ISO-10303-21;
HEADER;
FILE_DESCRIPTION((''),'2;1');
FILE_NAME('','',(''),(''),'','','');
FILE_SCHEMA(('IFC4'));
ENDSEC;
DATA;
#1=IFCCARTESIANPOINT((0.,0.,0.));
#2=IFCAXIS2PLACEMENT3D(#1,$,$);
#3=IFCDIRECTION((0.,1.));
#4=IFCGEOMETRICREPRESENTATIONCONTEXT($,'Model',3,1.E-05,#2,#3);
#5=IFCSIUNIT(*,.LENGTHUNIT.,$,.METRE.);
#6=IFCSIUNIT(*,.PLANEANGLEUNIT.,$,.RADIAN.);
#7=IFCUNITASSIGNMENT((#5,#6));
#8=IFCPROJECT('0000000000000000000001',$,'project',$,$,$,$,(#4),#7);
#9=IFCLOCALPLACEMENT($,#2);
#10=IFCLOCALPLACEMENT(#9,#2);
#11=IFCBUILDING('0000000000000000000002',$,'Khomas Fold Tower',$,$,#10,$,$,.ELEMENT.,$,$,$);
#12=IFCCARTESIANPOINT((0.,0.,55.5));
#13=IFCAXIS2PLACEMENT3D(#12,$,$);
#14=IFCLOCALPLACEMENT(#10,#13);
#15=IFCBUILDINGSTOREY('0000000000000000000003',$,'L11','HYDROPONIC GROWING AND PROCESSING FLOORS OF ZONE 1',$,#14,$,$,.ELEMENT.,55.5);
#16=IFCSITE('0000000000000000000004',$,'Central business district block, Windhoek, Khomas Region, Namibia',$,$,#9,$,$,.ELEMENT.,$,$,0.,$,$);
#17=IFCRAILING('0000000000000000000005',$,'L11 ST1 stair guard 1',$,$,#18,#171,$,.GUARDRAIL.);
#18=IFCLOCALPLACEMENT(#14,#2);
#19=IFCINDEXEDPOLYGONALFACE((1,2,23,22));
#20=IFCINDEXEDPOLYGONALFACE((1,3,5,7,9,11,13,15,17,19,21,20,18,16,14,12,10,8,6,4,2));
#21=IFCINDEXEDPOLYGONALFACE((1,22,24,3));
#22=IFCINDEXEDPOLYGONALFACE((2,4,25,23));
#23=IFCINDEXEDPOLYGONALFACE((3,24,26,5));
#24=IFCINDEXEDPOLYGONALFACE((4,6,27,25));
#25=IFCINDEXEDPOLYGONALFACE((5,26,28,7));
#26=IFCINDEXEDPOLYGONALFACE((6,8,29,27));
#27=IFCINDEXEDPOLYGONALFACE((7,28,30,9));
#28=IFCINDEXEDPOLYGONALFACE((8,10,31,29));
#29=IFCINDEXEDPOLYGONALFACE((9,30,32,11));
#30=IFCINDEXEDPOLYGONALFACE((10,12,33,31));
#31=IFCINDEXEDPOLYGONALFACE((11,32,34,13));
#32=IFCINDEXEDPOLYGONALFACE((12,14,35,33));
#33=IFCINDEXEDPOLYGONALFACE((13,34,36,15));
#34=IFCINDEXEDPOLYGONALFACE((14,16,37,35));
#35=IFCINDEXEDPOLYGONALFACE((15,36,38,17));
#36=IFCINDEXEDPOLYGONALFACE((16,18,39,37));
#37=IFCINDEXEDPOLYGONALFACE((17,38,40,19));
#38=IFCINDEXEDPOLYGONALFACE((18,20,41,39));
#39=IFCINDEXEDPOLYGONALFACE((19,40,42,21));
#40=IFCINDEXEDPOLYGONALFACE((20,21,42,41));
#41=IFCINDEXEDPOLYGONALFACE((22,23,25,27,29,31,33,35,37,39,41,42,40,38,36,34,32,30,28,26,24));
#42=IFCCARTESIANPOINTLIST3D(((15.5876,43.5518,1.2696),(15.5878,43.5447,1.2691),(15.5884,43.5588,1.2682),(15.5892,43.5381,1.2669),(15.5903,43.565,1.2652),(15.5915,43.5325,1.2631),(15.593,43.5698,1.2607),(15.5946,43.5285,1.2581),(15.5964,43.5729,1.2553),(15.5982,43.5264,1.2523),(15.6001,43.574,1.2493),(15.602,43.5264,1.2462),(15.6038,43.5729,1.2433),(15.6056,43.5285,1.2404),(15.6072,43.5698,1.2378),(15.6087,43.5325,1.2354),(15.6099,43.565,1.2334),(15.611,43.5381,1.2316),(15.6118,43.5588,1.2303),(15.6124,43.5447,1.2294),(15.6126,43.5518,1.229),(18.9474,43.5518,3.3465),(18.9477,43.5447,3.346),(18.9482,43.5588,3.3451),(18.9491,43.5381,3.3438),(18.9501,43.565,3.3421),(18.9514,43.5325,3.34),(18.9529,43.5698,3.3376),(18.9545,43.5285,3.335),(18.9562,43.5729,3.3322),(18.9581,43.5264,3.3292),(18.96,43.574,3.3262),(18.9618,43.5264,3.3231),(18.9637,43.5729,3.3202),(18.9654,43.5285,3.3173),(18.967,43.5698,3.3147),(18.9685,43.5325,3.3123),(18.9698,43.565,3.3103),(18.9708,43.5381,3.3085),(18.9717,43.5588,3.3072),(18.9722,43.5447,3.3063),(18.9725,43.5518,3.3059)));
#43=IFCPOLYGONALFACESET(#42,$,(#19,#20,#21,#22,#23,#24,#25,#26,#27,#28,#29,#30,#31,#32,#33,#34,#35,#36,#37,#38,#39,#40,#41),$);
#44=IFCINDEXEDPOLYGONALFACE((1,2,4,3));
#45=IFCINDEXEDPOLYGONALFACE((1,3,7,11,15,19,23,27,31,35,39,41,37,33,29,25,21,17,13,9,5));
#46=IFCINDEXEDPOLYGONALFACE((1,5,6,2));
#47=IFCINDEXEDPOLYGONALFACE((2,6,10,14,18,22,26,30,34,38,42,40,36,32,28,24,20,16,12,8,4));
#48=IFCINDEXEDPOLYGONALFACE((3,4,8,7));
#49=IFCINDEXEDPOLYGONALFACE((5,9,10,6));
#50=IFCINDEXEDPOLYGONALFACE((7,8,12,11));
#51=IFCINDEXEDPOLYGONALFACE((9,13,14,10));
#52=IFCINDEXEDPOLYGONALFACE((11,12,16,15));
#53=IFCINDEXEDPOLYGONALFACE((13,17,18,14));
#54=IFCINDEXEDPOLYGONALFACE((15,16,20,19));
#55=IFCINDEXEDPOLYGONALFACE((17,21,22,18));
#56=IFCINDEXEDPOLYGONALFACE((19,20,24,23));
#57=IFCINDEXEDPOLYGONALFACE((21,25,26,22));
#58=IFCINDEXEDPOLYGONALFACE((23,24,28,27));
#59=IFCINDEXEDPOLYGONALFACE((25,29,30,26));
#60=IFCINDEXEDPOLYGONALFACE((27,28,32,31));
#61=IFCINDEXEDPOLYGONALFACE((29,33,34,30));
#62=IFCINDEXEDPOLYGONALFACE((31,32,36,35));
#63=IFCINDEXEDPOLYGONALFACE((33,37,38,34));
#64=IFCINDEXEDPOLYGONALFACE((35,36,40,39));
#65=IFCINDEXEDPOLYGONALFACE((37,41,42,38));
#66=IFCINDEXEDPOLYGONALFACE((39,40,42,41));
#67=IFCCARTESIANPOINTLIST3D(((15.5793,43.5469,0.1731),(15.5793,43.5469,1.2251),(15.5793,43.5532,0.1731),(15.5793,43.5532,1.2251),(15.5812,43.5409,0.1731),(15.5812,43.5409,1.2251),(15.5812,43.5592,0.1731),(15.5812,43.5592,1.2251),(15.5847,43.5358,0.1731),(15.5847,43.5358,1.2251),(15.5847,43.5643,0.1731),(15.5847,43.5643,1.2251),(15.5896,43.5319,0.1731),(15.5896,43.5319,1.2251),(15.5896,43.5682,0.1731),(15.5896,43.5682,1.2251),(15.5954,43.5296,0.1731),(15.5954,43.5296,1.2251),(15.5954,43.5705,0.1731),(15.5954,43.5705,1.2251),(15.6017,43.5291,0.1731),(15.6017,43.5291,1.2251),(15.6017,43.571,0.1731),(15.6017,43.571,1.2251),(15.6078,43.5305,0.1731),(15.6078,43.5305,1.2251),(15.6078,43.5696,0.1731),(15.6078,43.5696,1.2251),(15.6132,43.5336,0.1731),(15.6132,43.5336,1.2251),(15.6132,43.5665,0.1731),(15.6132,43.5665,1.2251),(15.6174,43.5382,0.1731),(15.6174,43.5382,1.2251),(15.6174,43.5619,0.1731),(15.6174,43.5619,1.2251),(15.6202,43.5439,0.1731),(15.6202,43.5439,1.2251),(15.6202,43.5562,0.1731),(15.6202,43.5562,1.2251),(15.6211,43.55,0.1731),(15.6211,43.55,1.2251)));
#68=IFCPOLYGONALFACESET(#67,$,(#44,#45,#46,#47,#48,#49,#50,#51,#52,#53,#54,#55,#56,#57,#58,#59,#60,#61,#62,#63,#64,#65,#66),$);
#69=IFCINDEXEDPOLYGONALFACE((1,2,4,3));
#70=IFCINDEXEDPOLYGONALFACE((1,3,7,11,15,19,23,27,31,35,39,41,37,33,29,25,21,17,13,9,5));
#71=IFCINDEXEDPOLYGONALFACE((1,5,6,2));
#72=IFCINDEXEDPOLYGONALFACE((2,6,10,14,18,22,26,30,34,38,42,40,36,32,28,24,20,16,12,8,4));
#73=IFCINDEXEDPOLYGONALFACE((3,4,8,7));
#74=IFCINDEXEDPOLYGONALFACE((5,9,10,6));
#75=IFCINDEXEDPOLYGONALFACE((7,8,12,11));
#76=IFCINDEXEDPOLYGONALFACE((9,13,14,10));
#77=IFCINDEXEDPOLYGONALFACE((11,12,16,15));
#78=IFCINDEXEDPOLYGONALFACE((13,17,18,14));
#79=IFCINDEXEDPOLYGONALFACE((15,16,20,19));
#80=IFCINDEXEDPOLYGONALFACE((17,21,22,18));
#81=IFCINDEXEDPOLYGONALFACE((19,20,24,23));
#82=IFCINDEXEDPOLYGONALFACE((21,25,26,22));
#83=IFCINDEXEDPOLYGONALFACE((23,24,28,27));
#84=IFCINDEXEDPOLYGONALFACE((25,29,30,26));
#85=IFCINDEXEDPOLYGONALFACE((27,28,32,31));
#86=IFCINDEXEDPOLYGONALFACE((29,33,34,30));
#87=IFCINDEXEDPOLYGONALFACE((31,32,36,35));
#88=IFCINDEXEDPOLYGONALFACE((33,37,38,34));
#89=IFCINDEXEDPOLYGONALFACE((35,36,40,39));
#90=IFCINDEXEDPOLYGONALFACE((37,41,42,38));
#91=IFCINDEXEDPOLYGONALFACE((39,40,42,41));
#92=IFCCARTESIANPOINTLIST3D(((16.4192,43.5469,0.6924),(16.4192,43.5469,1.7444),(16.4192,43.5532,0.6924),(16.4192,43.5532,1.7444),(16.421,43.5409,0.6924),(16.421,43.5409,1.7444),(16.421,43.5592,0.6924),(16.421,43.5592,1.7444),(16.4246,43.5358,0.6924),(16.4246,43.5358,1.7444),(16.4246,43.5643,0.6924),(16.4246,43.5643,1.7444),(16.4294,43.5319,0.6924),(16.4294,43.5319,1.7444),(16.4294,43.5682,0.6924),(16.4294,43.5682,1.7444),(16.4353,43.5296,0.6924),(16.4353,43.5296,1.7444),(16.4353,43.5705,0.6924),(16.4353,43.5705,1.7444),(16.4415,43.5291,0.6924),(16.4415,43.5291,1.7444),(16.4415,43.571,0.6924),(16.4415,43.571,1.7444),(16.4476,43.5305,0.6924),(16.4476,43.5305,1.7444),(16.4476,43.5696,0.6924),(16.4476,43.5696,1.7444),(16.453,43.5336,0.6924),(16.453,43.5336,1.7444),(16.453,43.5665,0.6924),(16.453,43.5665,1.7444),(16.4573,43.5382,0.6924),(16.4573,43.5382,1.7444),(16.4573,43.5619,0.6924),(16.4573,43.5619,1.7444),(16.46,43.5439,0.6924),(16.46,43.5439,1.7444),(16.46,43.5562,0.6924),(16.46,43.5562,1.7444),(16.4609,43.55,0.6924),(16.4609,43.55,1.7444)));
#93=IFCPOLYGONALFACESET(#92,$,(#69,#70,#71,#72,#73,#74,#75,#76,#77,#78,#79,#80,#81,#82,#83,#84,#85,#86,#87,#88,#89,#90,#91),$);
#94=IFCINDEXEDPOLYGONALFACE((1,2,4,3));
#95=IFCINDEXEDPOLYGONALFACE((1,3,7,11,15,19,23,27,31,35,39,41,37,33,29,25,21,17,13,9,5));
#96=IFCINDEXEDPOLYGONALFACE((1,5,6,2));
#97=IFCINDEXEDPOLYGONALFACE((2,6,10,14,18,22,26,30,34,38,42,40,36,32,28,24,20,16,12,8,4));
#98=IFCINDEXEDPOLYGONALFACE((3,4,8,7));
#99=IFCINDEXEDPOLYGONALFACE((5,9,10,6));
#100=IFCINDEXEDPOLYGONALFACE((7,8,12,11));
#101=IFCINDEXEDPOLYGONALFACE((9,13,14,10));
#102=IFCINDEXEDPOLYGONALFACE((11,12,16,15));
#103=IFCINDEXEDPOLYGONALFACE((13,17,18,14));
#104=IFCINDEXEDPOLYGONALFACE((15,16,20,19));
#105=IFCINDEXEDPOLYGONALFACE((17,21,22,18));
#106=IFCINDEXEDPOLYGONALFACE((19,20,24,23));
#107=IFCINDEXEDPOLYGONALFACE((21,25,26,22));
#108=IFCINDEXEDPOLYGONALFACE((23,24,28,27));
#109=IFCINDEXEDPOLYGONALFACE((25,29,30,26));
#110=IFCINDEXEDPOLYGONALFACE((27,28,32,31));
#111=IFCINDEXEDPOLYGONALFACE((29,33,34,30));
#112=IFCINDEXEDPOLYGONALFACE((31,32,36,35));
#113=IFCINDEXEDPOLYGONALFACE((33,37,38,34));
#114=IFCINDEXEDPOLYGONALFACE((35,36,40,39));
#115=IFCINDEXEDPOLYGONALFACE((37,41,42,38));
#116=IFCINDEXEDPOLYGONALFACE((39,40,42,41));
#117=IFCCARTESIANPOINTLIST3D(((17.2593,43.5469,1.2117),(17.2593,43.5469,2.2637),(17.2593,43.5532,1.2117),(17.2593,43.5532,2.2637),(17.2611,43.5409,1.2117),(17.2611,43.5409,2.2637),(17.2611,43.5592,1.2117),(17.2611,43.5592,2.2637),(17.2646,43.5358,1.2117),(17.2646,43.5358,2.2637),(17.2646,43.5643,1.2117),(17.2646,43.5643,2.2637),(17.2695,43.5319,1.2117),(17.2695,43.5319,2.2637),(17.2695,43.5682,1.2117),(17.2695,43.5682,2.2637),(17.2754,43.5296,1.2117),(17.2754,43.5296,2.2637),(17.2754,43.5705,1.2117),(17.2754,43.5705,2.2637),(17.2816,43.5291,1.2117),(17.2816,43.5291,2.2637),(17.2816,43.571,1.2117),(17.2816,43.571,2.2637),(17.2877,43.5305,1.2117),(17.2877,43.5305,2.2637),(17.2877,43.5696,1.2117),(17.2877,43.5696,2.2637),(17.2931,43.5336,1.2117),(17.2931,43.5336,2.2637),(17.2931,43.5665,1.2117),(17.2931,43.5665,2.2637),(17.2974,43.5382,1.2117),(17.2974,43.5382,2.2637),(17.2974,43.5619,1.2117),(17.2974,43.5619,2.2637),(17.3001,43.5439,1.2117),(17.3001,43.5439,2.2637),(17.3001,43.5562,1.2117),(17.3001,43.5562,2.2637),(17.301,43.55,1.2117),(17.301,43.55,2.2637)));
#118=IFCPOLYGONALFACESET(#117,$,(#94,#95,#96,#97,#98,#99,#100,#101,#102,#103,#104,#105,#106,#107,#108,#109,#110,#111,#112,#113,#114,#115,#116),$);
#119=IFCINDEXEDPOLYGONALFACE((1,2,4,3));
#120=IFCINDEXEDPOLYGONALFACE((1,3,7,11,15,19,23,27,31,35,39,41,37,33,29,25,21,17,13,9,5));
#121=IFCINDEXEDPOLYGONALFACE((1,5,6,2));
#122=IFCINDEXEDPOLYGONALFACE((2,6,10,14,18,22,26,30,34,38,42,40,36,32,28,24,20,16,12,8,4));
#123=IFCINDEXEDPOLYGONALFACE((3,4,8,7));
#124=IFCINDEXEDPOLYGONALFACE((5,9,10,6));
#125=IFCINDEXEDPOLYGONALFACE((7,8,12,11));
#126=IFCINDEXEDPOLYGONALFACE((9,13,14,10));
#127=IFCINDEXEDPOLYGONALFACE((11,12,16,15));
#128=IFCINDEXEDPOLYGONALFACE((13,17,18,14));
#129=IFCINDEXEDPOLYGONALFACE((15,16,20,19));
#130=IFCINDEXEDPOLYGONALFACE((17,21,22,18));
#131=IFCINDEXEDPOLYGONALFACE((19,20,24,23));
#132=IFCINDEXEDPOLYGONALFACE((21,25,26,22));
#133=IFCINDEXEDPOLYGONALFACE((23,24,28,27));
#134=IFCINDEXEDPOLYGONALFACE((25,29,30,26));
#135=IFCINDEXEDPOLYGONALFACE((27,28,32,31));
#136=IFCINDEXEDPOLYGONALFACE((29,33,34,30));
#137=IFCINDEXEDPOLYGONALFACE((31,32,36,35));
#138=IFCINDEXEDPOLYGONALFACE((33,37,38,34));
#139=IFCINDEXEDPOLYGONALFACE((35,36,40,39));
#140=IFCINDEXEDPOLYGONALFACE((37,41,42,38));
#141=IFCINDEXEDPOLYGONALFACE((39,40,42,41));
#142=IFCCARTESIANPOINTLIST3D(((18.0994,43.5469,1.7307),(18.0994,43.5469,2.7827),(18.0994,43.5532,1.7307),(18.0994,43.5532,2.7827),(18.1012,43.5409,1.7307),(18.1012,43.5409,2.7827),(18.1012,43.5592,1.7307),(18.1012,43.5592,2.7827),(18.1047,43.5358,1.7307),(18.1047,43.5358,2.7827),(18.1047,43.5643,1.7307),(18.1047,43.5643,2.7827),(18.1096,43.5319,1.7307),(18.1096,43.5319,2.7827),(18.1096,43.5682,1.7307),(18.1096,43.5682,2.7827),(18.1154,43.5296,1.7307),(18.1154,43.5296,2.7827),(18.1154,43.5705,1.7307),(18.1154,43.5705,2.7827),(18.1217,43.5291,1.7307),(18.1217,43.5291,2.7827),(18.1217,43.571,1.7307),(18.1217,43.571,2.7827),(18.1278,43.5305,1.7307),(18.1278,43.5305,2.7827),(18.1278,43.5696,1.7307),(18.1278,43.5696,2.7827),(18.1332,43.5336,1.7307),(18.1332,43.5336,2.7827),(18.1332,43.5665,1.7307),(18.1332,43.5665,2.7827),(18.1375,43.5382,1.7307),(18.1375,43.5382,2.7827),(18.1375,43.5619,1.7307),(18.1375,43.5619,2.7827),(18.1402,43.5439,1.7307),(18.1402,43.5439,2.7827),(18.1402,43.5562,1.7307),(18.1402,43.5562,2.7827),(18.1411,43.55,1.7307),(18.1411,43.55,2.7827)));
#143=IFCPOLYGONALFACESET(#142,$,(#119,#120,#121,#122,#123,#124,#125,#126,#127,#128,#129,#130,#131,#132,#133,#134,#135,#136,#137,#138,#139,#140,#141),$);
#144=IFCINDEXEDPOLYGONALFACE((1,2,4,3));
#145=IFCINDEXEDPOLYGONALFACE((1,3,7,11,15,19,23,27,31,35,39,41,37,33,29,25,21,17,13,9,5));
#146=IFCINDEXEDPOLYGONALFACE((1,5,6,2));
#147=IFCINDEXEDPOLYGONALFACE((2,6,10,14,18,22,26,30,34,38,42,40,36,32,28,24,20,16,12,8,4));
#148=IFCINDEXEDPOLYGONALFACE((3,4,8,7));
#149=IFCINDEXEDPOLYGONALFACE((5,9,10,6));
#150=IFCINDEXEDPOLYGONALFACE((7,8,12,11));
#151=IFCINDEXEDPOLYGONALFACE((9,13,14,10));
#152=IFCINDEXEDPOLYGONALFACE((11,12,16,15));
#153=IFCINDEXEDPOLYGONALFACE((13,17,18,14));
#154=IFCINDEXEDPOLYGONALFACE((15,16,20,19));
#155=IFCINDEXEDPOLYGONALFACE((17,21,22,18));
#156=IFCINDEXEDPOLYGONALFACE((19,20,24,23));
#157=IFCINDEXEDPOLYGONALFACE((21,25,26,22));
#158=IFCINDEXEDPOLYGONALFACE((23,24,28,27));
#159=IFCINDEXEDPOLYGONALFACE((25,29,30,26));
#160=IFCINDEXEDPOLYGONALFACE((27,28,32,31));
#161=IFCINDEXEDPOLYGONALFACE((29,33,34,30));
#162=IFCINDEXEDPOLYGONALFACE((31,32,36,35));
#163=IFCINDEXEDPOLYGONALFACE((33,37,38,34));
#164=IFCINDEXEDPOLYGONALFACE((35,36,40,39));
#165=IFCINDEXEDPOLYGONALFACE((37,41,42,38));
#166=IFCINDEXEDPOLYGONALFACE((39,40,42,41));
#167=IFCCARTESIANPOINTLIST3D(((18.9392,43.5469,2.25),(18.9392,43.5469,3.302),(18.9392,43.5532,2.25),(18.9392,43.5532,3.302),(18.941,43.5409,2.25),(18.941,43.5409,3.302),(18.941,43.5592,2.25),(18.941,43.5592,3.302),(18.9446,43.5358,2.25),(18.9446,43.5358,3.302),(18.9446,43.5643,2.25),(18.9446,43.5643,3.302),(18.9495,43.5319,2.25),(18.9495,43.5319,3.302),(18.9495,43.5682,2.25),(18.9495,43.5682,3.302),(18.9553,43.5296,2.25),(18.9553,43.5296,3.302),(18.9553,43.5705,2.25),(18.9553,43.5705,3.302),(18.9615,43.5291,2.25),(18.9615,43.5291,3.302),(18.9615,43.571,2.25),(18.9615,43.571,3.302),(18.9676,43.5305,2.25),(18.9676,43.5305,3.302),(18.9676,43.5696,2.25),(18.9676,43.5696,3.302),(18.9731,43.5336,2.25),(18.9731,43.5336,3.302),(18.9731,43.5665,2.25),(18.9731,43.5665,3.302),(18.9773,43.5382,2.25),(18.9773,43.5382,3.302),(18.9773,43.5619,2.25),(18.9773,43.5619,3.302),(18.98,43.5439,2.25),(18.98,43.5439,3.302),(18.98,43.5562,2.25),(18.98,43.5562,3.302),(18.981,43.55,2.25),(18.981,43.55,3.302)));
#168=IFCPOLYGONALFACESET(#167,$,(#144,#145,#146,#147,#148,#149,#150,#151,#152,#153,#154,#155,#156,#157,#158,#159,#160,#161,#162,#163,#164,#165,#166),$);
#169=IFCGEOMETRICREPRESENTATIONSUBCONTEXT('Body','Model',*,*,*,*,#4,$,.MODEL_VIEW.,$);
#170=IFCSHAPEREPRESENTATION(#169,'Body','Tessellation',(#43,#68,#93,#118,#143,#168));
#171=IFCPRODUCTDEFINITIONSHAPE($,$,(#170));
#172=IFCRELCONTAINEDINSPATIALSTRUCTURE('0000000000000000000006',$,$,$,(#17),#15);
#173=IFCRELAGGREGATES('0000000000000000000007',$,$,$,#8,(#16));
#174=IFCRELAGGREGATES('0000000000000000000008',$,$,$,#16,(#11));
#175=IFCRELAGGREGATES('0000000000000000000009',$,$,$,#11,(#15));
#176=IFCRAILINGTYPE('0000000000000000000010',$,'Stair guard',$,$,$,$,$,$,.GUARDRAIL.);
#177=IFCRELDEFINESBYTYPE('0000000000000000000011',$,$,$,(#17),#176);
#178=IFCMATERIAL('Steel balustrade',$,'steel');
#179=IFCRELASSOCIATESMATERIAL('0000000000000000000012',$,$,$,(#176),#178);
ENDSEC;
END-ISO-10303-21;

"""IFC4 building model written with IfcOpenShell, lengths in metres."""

from ifc_helpers import new_model, si_unit, direction, frame, origin, origin_2d, place, context, subcontext, project, spatial, circle, extrude, source, transform, mapped, material, type_object, element, save


model = new_model("IFC4")

# Units and contexts
model_context = context("Model", 3, precision=1e-05, world=origin(), true_north=direction((0.0, 1.0)))
body_context = subcontext(model_context, "Body", "Model", "MODEL_VIEW")
ifc_project = project(units=[si_unit("LENGTHUNIT", "METRE"), si_unit("PLANEANGLEUNIT", "RADIAN")], contexts=[model_context])

# Site, building, storey
site_placement = place(None, origin())
site = spatial("IfcSite", under=ifc_project, at=site_placement, Name="Central business district block, Windhoek, Khomas Region, Namibia", CompositionType="ELEMENT", RefElevation=0.0)
building_placement = place(site_placement, origin())
building = spatial("IfcBuilding", under=site, at=building_placement, Name="Khomas Fold Tower", CompositionType="ELEMENT")
storey_placement = place(building_placement, frame((0.0, 0.0, 55.5)))
storey = spatial("IfcBuildingStorey", under=building, at=storey_placement, Name="L11", Description="HYDROPONIC GROWING AND PROCESSING FLOORS OF ZONE 1", CompositionType="ELEMENT", Elevation=55.5)

# Railing
ifc_material_1 = material(Name="Steel balustrade", Category="steel")
railing_type_1 = type_object("IfcRailingType", Name="Stair guard", PredefinedType="GUARDRAIL", material=ifc_material_1)
shared_shape_1 = source(origin(), body_context, "Body", "SweptSolid", [
    extrude(circle(Radius=0.0239, at=origin_2d()), frame((0.0, 0.0, 1.0762), z_axis=(0.850606, 0.0, 0.525803), x_axis=(0.0, 1.0, 0.0)), (0.0, 0.0, 1.0), 3.95),
    extrude(circle(Radius=0.021, at=origin_2d()), origin(), (0.0, 0.0, 1.0), 1.052),
    extrude(circle(Radius=0.021, at=origin_2d()), frame((0.8398, 0.0, 0.5193)), (0.0, 0.0, 1.0), 1.052),
    extrude(circle(Radius=0.021, at=origin_2d()), frame((1.6799, 0.0, 1.0386)), (0.0, 0.0, 1.0), 1.052),
    extrude(circle(Radius=0.021, at=origin_2d()), frame((2.52, 0.0, 1.5576)), (0.0, 0.0, 1.0), 1.052),
    extrude(circle(Radius=0.021, at=origin_2d()), frame((3.3599, 0.0, 2.0769)), (0.0, 0.0, 1.0), 1.052),
])
railing_1_placement = place(storey_placement, frame((15.6001, 43.55, 0.1731)))
element("IfcRailing", 1, at=railing_1_placement, inside=storey, type_object=railing_type_1, Name="L11 ST1 stair guard 1", PredefinedType="GUARDRAIL", context=body_context, shape_type="MappedRepresentation", body=[
    mapped(shared_shape_1, transform((0.0, 0.0, 0.0))),
])

save(model, "model.ifc")
